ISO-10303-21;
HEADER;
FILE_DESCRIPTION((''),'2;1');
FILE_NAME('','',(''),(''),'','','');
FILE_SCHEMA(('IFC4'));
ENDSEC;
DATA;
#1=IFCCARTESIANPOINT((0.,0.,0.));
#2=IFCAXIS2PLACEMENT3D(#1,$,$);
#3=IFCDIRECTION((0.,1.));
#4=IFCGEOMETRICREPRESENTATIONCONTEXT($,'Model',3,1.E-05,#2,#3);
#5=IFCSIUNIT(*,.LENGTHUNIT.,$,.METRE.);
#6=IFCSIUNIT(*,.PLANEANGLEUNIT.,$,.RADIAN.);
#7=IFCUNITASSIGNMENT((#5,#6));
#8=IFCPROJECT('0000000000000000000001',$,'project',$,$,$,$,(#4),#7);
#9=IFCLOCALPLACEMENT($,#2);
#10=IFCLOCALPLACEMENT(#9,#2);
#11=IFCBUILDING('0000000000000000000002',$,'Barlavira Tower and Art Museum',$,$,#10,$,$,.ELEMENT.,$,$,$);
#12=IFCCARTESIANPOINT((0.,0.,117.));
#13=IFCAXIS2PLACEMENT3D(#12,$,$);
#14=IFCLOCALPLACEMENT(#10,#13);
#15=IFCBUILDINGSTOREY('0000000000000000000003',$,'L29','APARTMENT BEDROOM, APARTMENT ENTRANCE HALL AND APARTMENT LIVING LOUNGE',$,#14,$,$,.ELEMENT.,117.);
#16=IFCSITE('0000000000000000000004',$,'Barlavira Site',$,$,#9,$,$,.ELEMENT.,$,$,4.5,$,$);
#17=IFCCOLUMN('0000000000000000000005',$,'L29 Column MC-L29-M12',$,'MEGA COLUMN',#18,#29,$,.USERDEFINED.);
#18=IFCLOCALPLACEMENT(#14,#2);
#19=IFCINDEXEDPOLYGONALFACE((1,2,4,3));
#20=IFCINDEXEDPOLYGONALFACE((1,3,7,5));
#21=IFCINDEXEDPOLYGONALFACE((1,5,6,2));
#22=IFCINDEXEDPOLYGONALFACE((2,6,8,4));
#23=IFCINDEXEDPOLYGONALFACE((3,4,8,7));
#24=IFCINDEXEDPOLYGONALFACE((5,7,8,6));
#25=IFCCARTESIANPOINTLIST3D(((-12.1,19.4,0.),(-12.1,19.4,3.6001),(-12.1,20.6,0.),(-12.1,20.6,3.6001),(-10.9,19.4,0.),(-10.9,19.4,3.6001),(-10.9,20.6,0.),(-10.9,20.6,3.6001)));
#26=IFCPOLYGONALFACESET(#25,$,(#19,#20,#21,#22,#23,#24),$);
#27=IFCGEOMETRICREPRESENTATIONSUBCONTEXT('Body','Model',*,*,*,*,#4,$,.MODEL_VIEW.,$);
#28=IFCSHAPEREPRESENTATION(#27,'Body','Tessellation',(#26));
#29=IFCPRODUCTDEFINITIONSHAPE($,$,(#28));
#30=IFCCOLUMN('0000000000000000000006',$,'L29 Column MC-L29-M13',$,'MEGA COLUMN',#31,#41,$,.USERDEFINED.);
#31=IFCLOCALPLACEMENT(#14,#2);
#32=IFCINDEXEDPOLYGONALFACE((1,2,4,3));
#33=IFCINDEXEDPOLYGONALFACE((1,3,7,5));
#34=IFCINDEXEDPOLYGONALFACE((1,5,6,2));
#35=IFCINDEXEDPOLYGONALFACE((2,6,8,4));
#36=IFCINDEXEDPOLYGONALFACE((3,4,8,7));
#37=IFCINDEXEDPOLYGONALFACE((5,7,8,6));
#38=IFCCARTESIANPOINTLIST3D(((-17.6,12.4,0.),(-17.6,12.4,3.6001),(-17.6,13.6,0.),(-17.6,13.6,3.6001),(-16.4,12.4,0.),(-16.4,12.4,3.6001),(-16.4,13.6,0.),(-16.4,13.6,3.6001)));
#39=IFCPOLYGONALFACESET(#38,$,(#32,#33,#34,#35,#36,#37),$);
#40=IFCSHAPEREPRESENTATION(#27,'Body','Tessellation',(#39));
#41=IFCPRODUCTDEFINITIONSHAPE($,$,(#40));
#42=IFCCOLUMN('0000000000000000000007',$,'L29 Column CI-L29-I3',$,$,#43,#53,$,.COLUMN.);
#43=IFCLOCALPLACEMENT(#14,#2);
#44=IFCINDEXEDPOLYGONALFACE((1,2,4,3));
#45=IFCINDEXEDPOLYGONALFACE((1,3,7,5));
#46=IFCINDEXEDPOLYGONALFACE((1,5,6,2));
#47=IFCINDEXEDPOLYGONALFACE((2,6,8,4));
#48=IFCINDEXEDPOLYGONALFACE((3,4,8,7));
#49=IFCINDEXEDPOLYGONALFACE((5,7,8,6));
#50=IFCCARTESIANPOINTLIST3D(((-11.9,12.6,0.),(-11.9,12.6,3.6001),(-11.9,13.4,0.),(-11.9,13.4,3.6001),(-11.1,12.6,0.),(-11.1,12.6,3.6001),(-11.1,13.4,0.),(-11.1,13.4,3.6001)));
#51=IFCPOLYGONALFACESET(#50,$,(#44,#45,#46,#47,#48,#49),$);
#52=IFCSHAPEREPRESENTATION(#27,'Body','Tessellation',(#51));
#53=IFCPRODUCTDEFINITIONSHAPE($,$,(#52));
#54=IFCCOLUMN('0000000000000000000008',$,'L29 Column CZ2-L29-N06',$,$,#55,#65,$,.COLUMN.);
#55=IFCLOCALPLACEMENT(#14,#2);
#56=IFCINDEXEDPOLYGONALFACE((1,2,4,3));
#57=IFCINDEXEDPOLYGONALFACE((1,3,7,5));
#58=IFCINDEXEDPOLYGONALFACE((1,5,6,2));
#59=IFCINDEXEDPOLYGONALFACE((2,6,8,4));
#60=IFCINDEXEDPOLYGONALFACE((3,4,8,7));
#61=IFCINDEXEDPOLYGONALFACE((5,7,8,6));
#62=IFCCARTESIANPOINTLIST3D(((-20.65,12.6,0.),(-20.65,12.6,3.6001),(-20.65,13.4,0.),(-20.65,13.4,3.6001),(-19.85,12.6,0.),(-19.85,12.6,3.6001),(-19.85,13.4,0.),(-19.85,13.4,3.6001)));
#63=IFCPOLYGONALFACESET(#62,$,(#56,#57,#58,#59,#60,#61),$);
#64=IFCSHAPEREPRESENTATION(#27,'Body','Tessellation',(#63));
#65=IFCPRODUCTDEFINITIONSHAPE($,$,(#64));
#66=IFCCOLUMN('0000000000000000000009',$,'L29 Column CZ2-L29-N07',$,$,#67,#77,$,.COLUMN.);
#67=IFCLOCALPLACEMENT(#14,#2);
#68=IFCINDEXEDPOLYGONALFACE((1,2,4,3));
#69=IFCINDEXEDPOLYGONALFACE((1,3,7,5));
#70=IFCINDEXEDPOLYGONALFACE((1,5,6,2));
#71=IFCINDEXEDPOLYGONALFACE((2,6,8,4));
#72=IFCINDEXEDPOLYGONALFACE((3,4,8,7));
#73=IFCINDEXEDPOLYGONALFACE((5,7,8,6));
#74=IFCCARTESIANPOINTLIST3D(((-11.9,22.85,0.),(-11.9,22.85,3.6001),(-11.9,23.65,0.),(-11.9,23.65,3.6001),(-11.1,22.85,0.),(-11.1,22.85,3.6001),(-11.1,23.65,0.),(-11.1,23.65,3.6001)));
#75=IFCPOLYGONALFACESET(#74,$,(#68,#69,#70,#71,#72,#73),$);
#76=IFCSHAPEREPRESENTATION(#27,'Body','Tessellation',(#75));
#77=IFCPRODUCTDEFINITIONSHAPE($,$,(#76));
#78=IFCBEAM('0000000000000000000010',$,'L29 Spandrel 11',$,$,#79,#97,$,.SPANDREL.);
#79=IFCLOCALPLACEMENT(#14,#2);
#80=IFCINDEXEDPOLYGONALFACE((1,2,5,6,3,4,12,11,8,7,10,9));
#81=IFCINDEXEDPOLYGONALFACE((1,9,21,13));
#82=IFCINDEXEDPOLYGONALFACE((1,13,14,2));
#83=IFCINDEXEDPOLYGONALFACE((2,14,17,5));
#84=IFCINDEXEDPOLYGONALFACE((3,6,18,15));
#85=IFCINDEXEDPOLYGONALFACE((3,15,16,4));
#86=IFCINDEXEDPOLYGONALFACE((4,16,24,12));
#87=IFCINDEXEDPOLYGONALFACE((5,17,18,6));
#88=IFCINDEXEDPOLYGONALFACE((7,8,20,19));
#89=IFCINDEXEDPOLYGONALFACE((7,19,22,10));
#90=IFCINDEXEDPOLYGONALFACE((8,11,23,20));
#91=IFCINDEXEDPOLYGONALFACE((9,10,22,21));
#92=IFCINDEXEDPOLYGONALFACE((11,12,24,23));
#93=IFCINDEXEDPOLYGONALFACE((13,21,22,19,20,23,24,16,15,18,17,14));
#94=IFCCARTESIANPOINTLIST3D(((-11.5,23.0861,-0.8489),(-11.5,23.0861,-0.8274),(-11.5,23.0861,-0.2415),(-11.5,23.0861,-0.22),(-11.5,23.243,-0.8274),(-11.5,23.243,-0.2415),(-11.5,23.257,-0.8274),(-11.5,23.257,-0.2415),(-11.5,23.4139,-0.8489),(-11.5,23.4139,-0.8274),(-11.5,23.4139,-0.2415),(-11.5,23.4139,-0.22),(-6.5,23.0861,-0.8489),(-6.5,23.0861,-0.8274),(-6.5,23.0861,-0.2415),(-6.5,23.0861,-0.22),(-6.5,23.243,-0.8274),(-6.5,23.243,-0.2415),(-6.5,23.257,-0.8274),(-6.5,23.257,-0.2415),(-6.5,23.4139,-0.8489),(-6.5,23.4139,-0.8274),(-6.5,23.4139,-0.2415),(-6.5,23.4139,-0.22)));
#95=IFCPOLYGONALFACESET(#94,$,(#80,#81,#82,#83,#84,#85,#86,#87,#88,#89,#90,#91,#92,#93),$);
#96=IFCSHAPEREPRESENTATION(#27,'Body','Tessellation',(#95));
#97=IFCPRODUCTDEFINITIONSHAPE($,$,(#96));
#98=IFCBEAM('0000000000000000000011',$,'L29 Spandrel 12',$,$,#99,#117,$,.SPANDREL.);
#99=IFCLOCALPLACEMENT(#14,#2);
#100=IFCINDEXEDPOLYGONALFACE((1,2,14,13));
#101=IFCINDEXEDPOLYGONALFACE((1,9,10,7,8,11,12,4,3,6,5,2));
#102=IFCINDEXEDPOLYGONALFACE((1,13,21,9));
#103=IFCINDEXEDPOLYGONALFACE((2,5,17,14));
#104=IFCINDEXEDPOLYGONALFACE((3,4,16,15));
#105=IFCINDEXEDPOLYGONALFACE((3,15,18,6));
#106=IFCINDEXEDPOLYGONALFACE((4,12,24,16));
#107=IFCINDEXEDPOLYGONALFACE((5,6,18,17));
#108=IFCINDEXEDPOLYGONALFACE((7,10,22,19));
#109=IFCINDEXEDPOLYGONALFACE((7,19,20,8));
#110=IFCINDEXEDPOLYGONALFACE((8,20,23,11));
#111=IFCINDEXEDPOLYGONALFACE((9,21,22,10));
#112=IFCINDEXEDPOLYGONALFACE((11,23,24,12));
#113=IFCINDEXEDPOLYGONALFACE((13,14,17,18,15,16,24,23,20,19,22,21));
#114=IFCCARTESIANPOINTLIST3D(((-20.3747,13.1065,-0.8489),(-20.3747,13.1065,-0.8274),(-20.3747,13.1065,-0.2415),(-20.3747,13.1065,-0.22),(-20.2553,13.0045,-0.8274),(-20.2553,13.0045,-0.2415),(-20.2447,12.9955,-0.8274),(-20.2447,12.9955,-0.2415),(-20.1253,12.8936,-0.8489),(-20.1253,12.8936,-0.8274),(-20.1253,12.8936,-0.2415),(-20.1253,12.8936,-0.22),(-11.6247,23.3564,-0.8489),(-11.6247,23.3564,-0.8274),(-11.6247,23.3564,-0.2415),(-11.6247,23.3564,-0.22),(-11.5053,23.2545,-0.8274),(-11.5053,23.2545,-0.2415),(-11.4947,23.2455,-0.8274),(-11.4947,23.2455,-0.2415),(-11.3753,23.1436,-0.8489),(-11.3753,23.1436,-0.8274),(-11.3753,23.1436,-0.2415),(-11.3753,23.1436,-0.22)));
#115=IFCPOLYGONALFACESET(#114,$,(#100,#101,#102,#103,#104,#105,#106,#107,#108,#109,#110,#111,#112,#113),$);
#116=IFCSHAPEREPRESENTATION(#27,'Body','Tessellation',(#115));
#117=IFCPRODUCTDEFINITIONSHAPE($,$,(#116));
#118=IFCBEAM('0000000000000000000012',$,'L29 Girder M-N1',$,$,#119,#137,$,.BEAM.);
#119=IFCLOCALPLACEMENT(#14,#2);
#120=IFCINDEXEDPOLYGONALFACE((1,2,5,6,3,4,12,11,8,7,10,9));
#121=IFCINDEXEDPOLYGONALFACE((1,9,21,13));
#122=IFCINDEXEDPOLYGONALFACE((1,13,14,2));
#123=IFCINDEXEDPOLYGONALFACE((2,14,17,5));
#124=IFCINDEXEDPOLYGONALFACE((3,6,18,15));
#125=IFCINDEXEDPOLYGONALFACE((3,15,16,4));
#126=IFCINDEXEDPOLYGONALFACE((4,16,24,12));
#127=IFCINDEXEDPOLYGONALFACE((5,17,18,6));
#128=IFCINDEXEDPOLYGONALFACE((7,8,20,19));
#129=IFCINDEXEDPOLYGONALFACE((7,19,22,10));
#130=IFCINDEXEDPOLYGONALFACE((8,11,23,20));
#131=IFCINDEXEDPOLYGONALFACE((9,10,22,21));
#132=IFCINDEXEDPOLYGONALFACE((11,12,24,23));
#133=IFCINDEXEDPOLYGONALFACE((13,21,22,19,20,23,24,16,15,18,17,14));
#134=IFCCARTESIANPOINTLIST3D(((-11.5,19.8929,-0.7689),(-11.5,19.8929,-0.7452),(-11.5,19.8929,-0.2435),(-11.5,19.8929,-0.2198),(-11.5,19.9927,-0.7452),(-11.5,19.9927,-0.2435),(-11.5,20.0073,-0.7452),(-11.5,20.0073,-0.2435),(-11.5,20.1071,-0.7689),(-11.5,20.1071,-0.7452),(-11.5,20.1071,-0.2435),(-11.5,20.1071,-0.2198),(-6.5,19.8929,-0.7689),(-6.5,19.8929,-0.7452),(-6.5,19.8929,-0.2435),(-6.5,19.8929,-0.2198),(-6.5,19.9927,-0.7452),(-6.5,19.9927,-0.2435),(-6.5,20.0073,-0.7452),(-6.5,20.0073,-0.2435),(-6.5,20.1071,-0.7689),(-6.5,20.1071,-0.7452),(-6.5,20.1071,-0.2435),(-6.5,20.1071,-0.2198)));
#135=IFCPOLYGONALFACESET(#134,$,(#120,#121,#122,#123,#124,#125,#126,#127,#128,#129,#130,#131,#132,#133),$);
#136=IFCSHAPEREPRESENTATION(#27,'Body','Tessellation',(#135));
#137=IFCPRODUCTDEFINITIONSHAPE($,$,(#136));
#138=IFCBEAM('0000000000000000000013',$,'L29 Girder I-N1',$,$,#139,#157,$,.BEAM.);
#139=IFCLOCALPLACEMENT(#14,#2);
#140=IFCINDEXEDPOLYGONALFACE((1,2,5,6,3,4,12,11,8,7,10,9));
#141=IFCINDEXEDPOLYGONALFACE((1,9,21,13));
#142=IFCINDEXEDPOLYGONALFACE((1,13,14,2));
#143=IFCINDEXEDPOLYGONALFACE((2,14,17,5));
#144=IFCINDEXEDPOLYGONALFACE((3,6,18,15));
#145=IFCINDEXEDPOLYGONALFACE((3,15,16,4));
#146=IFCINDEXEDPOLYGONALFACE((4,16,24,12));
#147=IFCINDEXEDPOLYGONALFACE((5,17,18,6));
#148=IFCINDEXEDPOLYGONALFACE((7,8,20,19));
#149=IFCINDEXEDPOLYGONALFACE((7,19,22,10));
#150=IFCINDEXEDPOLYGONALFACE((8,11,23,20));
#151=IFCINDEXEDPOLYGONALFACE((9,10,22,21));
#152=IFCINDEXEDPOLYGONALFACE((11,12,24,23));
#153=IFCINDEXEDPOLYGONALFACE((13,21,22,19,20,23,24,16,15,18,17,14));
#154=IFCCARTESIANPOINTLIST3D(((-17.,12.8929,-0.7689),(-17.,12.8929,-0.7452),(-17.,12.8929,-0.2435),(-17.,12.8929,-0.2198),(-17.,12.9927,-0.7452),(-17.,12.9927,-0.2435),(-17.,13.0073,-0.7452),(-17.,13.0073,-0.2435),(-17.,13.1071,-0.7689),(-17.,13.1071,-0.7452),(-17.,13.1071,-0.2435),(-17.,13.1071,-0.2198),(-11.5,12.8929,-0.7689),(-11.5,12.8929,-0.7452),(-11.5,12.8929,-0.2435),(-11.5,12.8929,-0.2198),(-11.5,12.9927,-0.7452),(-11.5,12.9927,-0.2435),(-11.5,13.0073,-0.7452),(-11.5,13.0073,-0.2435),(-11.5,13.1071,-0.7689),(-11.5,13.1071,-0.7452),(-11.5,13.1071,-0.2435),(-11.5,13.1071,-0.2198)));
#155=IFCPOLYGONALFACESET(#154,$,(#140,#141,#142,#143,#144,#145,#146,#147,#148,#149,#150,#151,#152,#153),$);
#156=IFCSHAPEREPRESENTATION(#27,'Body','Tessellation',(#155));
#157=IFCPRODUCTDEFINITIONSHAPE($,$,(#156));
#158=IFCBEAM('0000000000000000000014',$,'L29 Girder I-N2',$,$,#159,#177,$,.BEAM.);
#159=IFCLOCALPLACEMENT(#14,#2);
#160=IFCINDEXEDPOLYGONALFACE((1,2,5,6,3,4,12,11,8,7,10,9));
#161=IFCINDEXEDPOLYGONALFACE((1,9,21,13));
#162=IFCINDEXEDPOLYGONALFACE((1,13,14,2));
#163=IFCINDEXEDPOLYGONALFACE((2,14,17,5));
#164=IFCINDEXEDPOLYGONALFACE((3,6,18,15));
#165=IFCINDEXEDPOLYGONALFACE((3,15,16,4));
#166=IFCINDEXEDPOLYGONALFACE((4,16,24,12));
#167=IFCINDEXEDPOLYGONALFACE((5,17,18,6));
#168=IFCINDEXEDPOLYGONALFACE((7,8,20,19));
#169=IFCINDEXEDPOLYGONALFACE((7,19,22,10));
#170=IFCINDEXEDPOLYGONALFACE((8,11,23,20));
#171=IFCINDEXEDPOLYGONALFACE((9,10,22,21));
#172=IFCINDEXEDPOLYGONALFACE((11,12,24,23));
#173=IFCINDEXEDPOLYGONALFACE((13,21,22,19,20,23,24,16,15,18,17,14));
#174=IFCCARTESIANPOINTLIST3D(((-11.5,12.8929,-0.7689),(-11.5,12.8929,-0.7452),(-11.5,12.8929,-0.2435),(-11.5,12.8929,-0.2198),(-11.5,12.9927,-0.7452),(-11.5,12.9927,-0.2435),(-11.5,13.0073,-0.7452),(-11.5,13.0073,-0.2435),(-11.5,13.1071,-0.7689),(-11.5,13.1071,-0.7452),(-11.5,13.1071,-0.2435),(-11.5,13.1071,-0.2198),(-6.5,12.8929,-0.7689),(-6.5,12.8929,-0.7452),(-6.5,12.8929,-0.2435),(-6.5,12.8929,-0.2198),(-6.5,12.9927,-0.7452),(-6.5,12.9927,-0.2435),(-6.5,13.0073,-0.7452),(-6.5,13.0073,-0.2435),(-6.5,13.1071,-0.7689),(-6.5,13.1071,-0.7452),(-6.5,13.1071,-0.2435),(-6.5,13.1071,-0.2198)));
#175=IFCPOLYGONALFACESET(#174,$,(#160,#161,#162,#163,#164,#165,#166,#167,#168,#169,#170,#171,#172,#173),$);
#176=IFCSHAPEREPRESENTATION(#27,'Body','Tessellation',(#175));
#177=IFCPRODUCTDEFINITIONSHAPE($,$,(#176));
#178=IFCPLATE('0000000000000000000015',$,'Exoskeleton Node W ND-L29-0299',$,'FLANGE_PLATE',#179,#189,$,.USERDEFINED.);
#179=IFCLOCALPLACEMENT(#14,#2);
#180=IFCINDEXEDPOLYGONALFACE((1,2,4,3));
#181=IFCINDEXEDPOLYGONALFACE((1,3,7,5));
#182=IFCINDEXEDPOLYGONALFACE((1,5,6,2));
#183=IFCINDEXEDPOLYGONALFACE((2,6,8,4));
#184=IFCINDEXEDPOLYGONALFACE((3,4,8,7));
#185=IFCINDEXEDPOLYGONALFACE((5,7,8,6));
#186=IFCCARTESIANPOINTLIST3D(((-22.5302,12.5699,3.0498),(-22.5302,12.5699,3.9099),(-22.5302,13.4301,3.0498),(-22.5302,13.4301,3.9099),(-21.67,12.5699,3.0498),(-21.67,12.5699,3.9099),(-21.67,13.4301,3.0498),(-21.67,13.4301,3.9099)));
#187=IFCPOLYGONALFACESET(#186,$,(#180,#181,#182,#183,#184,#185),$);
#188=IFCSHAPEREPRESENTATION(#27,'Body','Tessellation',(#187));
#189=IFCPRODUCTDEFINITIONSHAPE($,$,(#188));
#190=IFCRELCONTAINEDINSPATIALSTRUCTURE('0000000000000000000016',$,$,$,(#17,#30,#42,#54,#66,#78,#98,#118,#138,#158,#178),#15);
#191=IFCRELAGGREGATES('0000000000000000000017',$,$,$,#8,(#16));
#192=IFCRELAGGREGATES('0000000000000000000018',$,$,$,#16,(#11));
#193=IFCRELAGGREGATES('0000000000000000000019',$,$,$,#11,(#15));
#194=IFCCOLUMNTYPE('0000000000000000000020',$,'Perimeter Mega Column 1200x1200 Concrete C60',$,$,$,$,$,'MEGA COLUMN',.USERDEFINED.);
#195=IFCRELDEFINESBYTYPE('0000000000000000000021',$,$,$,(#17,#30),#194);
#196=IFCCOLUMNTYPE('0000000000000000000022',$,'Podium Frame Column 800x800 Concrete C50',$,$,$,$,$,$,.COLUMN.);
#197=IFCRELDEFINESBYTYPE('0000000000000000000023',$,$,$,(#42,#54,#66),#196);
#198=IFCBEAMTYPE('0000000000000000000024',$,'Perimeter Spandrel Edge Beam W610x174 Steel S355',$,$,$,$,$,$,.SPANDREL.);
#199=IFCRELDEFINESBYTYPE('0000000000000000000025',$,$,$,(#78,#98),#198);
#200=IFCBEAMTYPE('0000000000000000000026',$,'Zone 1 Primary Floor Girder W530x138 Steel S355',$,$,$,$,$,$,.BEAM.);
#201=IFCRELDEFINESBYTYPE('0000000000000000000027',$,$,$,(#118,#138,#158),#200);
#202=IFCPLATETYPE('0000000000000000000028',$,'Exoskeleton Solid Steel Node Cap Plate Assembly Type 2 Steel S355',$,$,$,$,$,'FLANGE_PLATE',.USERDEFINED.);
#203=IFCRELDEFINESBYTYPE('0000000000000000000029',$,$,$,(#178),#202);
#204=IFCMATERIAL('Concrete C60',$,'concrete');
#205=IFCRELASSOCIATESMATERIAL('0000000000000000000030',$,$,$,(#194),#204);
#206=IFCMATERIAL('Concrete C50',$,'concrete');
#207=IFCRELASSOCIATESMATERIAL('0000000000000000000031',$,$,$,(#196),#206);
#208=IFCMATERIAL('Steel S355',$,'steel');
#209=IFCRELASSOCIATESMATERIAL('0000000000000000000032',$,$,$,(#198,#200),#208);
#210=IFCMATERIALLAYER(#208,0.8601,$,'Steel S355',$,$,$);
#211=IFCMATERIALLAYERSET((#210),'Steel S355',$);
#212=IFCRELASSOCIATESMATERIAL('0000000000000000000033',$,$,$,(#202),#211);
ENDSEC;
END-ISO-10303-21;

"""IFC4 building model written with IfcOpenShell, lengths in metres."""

from ifc_helpers import new_model, si_unit, direction, frame, origin, origin_2d, place, context, subcontext, project, spatial, rectangle, i_section, extrude, material, layer, layer_set, material_profile, profile_set, type_object, element, save


model = new_model("IFC4")

# Units and contexts
model_context = context("Model", 3, precision=1e-05, world=origin(), true_north=direction((0.0, 1.0)))
body_context = subcontext(model_context, "Body", "Model", "MODEL_VIEW")
ifc_project = project(units=[si_unit("LENGTHUNIT", "METRE"), si_unit("PLANEANGLEUNIT", "RADIAN")], contexts=[model_context])

# Site, building, storey
site_placement = place(None, origin())
site = spatial("IfcSite", under=ifc_project, at=site_placement, Name="Barlavira Site", CompositionType="ELEMENT", RefElevation=4.5)
building_placement = place(site_placement, origin())
building = spatial("IfcBuilding", under=site, at=building_placement, Name="Barlavira Tower and Art Museum", CompositionType="ELEMENT")
storey_placement = place(building_placement, frame((0.0, 0.0, 117.0)))
storey = spatial("IfcBuildingStorey", under=building, at=storey_placement, Name="L29", Description="APARTMENT BEDROOM, APARTMENT ENTRANCE HALL AND APARTMENT LIVING LOUNGE", CompositionType="ELEMENT", Elevation=117.0)

# Columns
ifc_material_1 = material(Name="Concrete C60", Category="concrete")
ifc_material_profile_1 = material_profile(ifc_material_1, rectangle(XDim=1.2, YDim=1.2, at=origin_2d()), Name="RC-COL 1200x1200")
ifc_profile_set_1 = profile_set([ifc_material_profile_1], Name="Concrete C60")
column_type_1 = type_object("IfcColumnType", Name="Perimeter Mega Column 1200x1200 Concrete C60", ElementType="MEGA COLUMN", PredefinedType="USERDEFINED", material=ifc_profile_set_1)
for number, where, z_axis, x_axis, name in (
    (1, (-11.5, 20.0, 0.0), (0.0, 0.0, 1.0), (1.0, 0.0, 0.0), "L29 Column MC-L29-M12"),
    (2, (-17.0, 13.0, 0.0), (0.0, 0.0, 1.0), (1.0, 0.0, 0.0), "L29 Column MC-L29-M13"),
):
    element("IfcColumn", number, at=place(storey_placement, frame(where, z_axis=z_axis, x_axis=x_axis)), inside=storey, type_object=column_type_1, Name=name, ObjectType="MEGA COLUMN", PredefinedType="USERDEFINED", context=body_context, shape_type="SweptSolid", body=[
        extrude(rectangle(XDim=1.2, YDim=1.2, at=origin_2d()), origin(), (0.0, 0.0, 1.0), 3.6001),
    ])
ifc_material_2 = material(Name="Concrete C50", Category="concrete")
ifc_material_profile_2 = material_profile(ifc_material_2, rectangle(XDim=0.8, YDim=0.8, at=origin_2d()), Name="RC-COL 800x800")
ifc_profile_set_2 = profile_set([ifc_material_profile_2], Name="Concrete C50")
column_type_2 = type_object("IfcColumnType", Name="Podium Frame Column 800x800 Concrete C50", PredefinedType="COLUMN", material=ifc_profile_set_2)
for number, where, z_axis, x_axis, name in (
    (3, (-11.5, 13.0, 0.0), (0.0, 0.0, 1.0), (1.0, 0.0, 0.0), "L29 Column CI-L29-I3"),
    (4, (-20.25, 13.0, 0.0), (0.0, 0.0, 1.0), (1.0, 0.0, 0.0), "L29 Column CZ2-L29-N06"),
    (5, (-11.5, 23.25, 0.0), (0.0, 0.0, 1.0), (1.0, 0.0, 0.0), "L29 Column CZ2-L29-N07"),
):
    element("IfcColumn", number, at=place(storey_placement, frame(where, z_axis=z_axis, x_axis=x_axis)), inside=storey, type_object=column_type_2, Name=name, PredefinedType="COLUMN", context=body_context, shape_type="SweptSolid", body=[
        extrude(rectangle(XDim=0.8, YDim=0.8, at=origin_2d()), origin(), (0.0, 0.0, 1.0), 3.6001),
    ])

# Beams
ifc_material_3 = material(Name="Steel S355", Category="steel")
ifc_material_profile_3 = material_profile(ifc_material_3, i_section(OverallWidth=0.3279, OverallDepth=0.6289, WebThickness=0.0139, FlangeThickness=0.0215, at=origin_2d()), Name="W610x174.0")
ifc_profile_set_3 = profile_set([ifc_material_profile_3], Name="Steel S355")
beam_type_1 = type_object("IfcBeamType", Name="Perimeter Spandrel Edge Beam W610x174 Steel S355", PredefinedType="SPANDREL", material=ifc_profile_set_3)
beam_1_placement = place(storey_placement, frame((-11.5, 23.25, -0.5344), z_axis=(1.0, 0.0, 0.0), x_axis=(0.0, 1.0, 0.0)))
element("IfcBeam", 6, at=beam_1_placement, inside=storey, type_object=beam_type_1, Name="L29 Spandrel 11", PredefinedType="SPANDREL", context=body_context, shape_type="SweptSolid", body=[
    extrude(i_section(OverallWidth=0.3279, OverallDepth=0.6289, WebThickness=0.0139, FlangeThickness=0.0215, at=origin_2d()), origin(), (0.0, 0.0, 1.0), 5.0),
])
beam_2_placement = place(storey_placement, frame((-11.5, 23.25, -0.5344), z_axis=(-0.649262, -0.760565, 0.0), x_axis=(0.760565, -0.649262, 0.0)))
element("IfcBeam", 7, at=beam_2_placement, inside=storey, type_object=beam_type_1, Name="L29 Spandrel 12", PredefinedType="SPANDREL", context=body_context, shape_type="SweptSolid", body=[
    extrude(i_section(OverallWidth=0.3279, OverallDepth=0.6289, WebThickness=0.0139, FlangeThickness=0.0215, at=origin_2d()), origin(), (0.0, 0.0, 1.0), 13.4768),
])
ifc_material_profile_4 = material_profile(ifc_material_3, i_section(OverallWidth=0.2141, OverallDepth=0.5491, WebThickness=0.0146, FlangeThickness=0.0237, at=origin_2d()), Name="W530x138.0")
ifc_profile_set_4 = profile_set([ifc_material_profile_4], Name="Steel S355")
beam_type_2 = type_object("IfcBeamType", Name="Zone 1 Primary Floor Girder W530x138 Steel S355", PredefinedType="BEAM", material=ifc_profile_set_4)
beam_3_placement = place(storey_placement, frame((-11.5, 20.0, -0.4944), z_axis=(1.0, 0.0, 0.0), x_axis=(0.0, 1.0, 0.0)))
element("IfcBeam", 8, at=beam_3_placement, inside=storey, type_object=beam_type_2, Name="L29 Girder M-N1", PredefinedType="BEAM", context=body_context, shape_type="SweptSolid", body=[
    extrude(i_section(OverallWidth=0.2141, OverallDepth=0.5491, WebThickness=0.0146, FlangeThickness=0.0237, at=origin_2d()), origin(), (0.0, 0.0, 1.0), 5.0),
])
beam_4_placement = place(storey_placement, frame((-17.0, 13.0, -0.4944), z_axis=(1.0, 0.0, 0.0), x_axis=(0.0, 1.0, 0.0)))
element("IfcBeam", 9, at=beam_4_placement, inside=storey, type_object=beam_type_2, Name="L29 Girder I-N1", PredefinedType="BEAM", context=body_context, shape_type="SweptSolid", body=[
    extrude(i_section(OverallWidth=0.2141, OverallDepth=0.5491, WebThickness=0.0146, FlangeThickness=0.0237, at=origin_2d()), origin(), (0.0, 0.0, 1.0), 5.5),
])
beam_5_placement = place(storey_placement, frame((-11.5, 13.0, -0.4944), z_axis=(1.0, 0.0, 0.0), x_axis=(0.0, 1.0, 0.0)))
element("IfcBeam", 10, at=beam_5_placement, inside=storey, type_object=beam_type_2, Name="L29 Girder I-N2", PredefinedType="BEAM", context=body_context, shape_type="SweptSolid", body=[
    extrude(i_section(OverallWidth=0.2141, OverallDepth=0.5491, WebThickness=0.0146, FlangeThickness=0.0237, at=origin_2d()), origin(), (0.0, 0.0, 1.0), 5.0),
])

# Plate
ifc_layer_1 = layer(ifc_material_3, 0.8601, Name="Steel S355")
ifc_layer_set_1 = layer_set([ifc_layer_1], Name="Steel S355")
plate_type = type_object("IfcPlateType", Name="Exoskeleton Solid Steel Node Cap Plate Assembly Type 2 Steel S355", ElementType="FLANGE_PLATE", PredefinedType="USERDEFINED", material=ifc_layer_set_1)
plate_placement = place(storey_placement, frame((-22.1001, 13.0, 3.0498), z_axis=(0.0, 0.0, 1.0), x_axis=(1.0, 0.0, 0.0)))
element("IfcPlate", 11, at=plate_placement, inside=storey, type_object=plate_type, Name="Exoskeleton Node W ND-L29-0299", ObjectType="FLANGE_PLATE", PredefinedType="USERDEFINED", context=body_context, shape_type="SweptSolid", body=[
    extrude(rectangle(XDim=0.8601, YDim=0.8601, at=origin_2d()), origin(), (0.0, 0.0, 1.0), 0.8601),
])

save(model, "model.ifc")
